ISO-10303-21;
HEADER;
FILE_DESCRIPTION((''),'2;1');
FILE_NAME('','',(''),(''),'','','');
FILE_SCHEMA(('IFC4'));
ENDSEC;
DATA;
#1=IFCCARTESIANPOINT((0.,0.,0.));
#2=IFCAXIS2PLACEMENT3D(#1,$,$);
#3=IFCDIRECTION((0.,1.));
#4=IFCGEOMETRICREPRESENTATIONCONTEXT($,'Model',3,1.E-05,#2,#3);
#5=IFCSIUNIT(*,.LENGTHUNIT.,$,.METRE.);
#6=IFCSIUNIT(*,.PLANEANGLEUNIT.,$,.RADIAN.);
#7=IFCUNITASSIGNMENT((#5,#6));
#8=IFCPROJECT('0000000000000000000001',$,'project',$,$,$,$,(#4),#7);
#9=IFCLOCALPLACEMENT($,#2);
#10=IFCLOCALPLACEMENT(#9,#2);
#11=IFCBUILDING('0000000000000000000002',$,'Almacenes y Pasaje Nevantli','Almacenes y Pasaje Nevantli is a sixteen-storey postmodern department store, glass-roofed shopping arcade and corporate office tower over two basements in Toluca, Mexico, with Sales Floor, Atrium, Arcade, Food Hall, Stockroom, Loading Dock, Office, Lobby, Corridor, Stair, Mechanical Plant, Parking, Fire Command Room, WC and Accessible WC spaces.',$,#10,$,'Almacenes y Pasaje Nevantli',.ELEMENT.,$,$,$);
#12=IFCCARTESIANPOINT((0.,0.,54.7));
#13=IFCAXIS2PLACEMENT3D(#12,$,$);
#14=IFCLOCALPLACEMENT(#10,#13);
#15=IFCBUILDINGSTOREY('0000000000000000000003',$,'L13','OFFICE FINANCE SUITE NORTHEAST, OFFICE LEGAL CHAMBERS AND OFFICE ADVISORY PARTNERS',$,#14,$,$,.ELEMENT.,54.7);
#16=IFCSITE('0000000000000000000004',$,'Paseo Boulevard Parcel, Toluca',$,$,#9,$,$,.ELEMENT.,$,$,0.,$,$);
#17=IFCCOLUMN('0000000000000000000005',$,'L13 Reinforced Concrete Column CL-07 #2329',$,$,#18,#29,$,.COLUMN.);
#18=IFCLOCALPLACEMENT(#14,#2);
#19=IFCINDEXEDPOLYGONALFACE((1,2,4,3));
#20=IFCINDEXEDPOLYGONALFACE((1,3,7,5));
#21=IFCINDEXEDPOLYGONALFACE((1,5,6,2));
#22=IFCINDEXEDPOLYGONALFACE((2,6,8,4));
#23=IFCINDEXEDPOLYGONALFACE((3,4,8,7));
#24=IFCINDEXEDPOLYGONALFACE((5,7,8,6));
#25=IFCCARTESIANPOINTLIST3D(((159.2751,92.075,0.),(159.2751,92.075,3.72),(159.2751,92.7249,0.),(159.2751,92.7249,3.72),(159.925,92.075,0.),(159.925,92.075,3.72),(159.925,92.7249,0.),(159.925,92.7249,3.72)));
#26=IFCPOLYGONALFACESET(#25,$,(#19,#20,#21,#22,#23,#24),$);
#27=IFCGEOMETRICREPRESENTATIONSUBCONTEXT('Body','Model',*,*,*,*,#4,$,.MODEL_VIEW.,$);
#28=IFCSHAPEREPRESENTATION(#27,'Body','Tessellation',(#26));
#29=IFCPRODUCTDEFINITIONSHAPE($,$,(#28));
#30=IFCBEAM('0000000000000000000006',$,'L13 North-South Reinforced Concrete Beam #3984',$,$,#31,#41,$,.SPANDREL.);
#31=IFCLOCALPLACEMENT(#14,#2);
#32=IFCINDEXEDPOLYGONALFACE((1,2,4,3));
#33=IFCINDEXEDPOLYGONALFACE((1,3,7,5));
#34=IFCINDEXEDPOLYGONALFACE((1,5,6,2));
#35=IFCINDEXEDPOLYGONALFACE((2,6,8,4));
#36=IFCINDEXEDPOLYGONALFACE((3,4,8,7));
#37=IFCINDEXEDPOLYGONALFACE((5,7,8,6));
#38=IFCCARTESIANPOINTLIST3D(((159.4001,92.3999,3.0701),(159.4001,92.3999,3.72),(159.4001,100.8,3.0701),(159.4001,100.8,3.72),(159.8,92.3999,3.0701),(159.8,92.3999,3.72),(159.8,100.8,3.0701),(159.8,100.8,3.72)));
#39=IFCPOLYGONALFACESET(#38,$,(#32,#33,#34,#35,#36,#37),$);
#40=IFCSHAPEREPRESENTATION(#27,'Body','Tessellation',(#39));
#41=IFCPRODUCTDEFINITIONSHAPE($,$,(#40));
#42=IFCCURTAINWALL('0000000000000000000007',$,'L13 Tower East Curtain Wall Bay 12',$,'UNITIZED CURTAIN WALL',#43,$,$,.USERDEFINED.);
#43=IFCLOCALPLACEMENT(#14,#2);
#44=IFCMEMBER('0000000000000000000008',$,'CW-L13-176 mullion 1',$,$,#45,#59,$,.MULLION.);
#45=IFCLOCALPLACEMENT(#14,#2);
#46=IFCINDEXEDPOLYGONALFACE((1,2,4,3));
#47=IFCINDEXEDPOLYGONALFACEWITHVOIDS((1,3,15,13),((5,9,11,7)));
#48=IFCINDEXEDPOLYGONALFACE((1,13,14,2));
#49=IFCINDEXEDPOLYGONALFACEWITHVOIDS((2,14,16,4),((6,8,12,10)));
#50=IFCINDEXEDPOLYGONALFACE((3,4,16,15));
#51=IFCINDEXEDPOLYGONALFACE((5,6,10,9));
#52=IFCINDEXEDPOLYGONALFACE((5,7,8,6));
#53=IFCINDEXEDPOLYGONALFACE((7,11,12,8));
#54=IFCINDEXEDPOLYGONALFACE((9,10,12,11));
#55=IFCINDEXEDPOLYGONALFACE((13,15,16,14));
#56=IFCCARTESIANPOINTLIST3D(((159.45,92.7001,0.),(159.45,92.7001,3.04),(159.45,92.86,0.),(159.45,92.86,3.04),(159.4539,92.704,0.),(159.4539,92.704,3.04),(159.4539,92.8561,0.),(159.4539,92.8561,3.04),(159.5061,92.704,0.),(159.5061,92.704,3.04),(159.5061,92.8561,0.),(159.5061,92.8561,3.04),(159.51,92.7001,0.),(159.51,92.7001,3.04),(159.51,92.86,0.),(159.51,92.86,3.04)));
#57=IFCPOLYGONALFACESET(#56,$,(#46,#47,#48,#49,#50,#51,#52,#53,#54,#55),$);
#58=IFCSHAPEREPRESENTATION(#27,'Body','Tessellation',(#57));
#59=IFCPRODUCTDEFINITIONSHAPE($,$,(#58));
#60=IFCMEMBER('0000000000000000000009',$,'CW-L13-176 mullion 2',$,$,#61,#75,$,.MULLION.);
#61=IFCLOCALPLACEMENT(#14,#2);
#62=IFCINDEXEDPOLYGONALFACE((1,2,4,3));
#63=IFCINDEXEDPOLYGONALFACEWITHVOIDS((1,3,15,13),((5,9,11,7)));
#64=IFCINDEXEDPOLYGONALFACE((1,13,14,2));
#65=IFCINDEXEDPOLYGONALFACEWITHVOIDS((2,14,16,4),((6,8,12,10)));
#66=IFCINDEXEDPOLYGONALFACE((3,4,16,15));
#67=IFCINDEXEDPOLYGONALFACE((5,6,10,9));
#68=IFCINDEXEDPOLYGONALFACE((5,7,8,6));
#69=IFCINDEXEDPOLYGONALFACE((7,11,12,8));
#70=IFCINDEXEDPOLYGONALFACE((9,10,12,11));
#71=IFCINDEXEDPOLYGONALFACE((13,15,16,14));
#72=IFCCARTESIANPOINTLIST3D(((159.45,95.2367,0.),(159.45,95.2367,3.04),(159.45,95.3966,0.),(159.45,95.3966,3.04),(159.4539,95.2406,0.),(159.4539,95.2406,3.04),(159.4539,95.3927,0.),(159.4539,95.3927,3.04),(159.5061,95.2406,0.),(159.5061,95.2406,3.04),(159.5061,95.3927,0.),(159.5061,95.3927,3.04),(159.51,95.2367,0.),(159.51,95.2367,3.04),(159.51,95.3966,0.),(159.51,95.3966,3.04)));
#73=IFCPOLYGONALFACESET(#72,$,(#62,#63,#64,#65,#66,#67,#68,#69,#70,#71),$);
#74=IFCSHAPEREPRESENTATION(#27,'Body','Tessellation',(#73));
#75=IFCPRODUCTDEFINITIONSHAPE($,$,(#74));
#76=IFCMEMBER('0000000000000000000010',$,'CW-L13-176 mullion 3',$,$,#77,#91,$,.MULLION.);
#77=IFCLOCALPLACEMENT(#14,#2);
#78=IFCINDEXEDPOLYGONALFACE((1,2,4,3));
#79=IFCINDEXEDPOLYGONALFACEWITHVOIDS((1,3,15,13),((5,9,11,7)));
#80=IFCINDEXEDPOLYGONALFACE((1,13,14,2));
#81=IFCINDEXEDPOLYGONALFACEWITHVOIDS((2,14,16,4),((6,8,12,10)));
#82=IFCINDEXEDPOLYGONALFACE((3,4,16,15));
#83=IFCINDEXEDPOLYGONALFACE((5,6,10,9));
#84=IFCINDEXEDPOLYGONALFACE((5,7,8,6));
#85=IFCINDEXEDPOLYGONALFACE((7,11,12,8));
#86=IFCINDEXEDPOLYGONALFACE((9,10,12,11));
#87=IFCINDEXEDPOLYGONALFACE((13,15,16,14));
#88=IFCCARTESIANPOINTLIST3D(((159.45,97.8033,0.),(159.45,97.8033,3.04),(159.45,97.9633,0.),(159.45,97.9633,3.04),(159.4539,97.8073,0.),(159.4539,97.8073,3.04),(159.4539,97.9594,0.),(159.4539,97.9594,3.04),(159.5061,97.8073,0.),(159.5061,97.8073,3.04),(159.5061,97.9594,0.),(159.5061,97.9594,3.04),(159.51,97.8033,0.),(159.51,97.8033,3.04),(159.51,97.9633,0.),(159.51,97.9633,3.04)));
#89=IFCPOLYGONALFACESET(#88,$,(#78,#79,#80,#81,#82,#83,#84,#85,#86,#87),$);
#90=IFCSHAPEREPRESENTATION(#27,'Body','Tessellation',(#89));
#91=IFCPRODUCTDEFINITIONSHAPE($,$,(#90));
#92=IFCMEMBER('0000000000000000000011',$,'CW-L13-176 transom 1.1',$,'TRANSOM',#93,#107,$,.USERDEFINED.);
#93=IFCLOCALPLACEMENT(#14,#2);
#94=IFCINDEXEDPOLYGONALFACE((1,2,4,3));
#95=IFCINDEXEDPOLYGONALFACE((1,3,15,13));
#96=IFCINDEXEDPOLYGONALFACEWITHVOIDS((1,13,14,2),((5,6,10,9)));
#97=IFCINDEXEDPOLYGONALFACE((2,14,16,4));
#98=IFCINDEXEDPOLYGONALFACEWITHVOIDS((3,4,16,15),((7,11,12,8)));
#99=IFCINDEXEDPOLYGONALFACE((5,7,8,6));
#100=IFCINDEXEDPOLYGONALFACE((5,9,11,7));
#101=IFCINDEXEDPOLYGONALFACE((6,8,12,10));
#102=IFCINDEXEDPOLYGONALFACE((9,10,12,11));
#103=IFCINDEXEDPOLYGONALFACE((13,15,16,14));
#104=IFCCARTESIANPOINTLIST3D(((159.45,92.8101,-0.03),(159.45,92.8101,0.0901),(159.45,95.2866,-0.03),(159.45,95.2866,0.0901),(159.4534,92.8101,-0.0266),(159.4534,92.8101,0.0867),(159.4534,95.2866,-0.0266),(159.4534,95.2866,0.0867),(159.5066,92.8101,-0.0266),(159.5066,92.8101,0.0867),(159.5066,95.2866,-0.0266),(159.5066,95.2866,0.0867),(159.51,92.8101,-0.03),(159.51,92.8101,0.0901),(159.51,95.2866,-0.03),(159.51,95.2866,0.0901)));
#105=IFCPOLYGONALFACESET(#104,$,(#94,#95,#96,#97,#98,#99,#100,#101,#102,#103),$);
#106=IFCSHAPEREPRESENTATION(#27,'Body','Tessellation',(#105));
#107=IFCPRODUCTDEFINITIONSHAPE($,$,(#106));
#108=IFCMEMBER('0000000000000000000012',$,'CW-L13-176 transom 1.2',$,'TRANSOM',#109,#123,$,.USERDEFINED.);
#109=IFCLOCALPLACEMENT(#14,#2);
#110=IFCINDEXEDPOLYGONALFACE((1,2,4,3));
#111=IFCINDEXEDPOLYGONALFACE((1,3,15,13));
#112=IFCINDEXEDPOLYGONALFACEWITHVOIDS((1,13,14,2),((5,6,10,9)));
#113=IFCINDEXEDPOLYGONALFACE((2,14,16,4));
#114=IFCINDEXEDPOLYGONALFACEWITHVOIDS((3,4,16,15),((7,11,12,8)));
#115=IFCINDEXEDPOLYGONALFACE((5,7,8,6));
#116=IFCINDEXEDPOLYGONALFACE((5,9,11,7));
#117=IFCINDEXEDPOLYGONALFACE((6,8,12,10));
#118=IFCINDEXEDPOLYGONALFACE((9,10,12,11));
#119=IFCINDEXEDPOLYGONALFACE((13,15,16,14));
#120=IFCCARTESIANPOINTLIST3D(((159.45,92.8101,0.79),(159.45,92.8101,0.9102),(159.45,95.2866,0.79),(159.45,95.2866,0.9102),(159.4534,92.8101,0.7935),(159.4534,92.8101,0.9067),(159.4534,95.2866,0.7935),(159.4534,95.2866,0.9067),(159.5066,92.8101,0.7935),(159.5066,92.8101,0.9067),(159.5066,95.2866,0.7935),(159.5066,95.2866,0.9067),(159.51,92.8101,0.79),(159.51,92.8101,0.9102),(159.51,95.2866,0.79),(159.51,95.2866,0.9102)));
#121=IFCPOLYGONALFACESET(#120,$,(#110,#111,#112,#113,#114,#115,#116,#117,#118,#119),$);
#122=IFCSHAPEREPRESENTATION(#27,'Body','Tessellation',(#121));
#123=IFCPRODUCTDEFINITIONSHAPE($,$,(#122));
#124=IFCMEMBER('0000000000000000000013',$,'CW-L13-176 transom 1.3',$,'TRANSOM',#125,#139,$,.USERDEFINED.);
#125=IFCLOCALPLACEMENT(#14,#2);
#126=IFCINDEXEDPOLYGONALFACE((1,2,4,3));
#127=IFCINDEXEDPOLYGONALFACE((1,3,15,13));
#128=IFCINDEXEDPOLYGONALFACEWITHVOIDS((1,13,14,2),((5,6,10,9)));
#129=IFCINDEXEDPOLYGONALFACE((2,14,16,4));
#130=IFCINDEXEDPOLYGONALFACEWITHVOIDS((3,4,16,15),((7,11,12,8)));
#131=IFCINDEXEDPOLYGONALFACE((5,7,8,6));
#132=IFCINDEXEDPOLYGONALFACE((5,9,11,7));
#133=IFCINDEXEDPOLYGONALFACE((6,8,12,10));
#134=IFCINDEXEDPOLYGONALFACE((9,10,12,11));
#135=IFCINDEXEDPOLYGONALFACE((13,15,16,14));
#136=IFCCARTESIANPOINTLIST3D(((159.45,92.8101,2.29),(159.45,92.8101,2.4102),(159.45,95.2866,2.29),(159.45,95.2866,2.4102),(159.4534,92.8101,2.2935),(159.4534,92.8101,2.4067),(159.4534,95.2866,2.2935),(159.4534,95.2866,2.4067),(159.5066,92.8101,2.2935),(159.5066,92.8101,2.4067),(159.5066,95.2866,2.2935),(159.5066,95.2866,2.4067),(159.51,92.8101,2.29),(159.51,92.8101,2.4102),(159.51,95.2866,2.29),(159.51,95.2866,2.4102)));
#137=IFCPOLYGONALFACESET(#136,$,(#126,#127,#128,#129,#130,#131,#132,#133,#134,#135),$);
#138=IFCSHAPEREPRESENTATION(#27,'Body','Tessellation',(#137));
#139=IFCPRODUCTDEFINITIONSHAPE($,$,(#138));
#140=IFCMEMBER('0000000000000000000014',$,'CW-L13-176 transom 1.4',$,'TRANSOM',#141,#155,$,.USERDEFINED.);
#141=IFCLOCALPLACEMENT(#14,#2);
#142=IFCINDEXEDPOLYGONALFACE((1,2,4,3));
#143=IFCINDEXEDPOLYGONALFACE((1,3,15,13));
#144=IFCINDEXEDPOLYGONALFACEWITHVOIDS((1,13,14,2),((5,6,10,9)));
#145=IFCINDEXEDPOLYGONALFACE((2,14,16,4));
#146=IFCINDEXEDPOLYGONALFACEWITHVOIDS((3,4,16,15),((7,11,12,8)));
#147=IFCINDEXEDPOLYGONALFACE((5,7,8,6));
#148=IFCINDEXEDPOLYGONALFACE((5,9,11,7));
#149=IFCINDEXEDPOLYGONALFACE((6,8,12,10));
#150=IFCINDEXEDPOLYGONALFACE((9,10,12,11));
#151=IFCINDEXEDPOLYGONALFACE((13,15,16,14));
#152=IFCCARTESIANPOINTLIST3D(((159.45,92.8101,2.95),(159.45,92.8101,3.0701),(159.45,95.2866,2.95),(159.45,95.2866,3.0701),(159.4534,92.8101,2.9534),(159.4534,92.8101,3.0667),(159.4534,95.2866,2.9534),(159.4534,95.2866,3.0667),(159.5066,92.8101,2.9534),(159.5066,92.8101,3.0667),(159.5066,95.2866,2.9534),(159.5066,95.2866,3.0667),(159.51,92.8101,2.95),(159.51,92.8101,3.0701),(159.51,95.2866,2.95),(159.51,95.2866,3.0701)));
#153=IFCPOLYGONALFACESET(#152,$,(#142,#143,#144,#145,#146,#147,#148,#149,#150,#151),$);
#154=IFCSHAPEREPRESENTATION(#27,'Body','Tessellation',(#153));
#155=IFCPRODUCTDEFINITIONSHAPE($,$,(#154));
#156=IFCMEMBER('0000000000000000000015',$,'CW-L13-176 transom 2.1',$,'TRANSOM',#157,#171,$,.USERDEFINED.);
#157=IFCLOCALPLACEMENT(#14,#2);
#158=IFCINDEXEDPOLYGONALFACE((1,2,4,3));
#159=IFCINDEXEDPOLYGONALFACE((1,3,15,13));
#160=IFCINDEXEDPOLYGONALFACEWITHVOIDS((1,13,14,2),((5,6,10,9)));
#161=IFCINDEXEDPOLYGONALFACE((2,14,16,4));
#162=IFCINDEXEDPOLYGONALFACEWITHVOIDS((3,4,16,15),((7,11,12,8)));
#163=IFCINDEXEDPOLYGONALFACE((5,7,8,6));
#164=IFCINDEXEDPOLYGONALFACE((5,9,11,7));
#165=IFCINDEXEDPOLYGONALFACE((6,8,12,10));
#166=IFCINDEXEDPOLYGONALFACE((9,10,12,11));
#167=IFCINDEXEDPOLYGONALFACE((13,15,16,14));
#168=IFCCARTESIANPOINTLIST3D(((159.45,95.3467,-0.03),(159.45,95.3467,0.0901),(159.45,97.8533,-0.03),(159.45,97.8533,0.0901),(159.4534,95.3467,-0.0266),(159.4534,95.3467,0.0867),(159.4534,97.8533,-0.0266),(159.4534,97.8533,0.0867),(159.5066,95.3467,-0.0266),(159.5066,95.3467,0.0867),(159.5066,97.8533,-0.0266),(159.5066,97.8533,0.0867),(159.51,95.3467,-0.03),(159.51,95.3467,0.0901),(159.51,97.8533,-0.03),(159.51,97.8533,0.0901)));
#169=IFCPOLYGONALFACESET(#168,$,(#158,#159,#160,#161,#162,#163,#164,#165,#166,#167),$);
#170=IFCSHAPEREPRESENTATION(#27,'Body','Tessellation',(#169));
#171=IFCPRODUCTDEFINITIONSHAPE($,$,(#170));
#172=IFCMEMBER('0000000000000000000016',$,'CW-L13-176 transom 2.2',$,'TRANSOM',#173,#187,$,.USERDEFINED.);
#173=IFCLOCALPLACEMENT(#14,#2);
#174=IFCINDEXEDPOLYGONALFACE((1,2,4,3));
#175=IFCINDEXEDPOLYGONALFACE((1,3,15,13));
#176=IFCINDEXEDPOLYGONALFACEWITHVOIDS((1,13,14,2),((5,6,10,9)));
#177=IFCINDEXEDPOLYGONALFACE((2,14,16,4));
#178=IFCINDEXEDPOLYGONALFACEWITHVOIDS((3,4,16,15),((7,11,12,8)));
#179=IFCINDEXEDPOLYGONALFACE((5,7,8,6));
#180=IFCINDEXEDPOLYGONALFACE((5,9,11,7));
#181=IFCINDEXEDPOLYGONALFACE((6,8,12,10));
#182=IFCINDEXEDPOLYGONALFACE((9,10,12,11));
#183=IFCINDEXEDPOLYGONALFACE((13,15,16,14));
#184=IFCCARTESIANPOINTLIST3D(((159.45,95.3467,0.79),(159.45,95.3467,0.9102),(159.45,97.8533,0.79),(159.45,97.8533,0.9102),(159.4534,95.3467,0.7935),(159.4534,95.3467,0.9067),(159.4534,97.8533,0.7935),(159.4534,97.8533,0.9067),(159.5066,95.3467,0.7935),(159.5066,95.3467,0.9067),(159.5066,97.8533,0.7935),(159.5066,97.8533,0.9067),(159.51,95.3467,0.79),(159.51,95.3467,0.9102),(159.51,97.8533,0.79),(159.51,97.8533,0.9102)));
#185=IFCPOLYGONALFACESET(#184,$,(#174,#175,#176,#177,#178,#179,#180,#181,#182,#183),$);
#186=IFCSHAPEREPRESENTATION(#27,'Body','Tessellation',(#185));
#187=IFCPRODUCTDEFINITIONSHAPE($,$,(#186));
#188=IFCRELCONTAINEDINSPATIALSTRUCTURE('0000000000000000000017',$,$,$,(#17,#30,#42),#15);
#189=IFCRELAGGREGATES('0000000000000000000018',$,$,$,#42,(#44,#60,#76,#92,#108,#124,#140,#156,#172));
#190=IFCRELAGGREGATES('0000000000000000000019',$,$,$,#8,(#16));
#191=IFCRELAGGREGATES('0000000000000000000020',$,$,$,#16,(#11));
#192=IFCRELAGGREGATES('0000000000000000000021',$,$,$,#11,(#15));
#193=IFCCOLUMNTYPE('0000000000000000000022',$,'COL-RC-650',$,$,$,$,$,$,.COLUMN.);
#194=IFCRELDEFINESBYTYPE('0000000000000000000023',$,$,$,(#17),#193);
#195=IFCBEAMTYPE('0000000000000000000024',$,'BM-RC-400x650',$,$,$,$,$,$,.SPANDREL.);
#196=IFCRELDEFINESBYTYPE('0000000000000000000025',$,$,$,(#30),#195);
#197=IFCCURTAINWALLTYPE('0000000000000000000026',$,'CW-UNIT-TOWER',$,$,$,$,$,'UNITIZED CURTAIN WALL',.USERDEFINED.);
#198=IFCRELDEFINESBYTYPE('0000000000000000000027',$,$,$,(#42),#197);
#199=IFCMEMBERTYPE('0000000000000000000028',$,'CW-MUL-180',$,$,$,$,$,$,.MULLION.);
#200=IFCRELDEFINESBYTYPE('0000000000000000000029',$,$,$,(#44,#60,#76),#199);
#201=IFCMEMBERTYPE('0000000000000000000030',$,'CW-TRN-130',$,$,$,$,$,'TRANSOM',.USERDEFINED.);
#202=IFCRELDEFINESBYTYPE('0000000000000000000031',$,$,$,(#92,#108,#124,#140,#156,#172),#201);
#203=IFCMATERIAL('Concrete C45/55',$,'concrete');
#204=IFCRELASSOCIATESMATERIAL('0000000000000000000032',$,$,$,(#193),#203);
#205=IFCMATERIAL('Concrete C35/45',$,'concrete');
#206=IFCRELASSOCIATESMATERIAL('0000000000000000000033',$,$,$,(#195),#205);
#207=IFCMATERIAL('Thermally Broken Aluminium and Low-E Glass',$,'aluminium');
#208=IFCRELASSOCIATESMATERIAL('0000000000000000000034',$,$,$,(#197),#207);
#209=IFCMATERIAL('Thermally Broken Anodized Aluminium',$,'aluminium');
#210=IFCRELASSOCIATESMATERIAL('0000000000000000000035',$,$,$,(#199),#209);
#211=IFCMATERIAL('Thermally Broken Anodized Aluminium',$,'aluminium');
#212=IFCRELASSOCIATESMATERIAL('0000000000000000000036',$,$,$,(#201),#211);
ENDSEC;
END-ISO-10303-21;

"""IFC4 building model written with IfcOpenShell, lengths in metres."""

from ifc_helpers import new_model, si_unit, direction, frame, origin, origin_2d, place, context, subcontext, project, spatial, rectangle, hollow_rectangle, extrude, material, material_profile, profile_set, type_object, element, aggregate, save


model = new_model("IFC4")

# Units and contexts
model_context = context("Model", 3, precision=1e-05, world=origin(), true_north=direction((0.0, 1.0)))
body_context = subcontext(model_context, "Body", "Model", "MODEL_VIEW")
ifc_project = project(units=[si_unit("LENGTHUNIT", "METRE"), si_unit("PLANEANGLEUNIT", "RADIAN")], contexts=[model_context])

# Site, building, storey
site_placement = place(None, origin())
site = spatial("IfcSite", under=ifc_project, at=site_placement, Name="Paseo Boulevard Parcel, Toluca", CompositionType="ELEMENT", RefElevation=0.0)
building_placement = place(site_placement, origin())
building = spatial("IfcBuilding", under=site, at=building_placement, Name="Almacenes y Pasaje Nevantli", Description="Almacenes y Pasaje Nevantli is a sixteen-storey postmodern department store, glass-roofed shopping arcade and corporate office tower over two basements in Toluca, Mexico, with Sales Floor, Atrium, Arcade, Food Hall, Stockroom, Loading Dock, Office, Lobby, Corridor, Stair, Mechanical Plant, Parking, Fire Command Room, WC and Accessible WC spaces.", LongName="Almacenes y Pasaje Nevantli", CompositionType="ELEMENT")
storey_placement = place(building_placement, frame((0.0, 0.0, 54.7)))
storey = spatial("IfcBuildingStorey", under=building, at=storey_placement, Name="L13", Description="OFFICE FINANCE SUITE NORTHEAST, OFFICE LEGAL CHAMBERS AND OFFICE ADVISORY PARTNERS", CompositionType="ELEMENT", Elevation=54.7)

# Column
ifc_material_1 = material(Name="Concrete C45/55", Category="concrete")
ifc_material_profile_1 = material_profile(ifc_material_1, rectangle(XDim=0.6499, YDim=0.6499, at=origin_2d()), Name="RC-COL-650x650")
ifc_profile_set_1 = profile_set([ifc_material_profile_1], Name="Concrete C45/55")
column_type = type_object("IfcColumnType", Name="COL-RC-650", PredefinedType="COLUMN", material=ifc_profile_set_1)
column_placement = place(storey_placement, frame((159.6001, 92.3999, 0.0), z_axis=(0.0, 0.0, 1.0), x_axis=(1.0, 0.0, 0.0)))
element("IfcColumn", 1, at=column_placement, inside=storey, type_object=column_type, Name="L13 Reinforced Concrete Column CL-07 #2329", PredefinedType="COLUMN", context=body_context, shape_type="SweptSolid", body=[
    extrude(rectangle(XDim=0.6499, YDim=0.6499, at=origin_2d()), origin(), (0.0, 0.0, 1.0), 3.72),
])

# Beam
ifc_material_2 = material(Name="Concrete C35/45", Category="concrete")
ifc_material_profile_2 = material_profile(ifc_material_2, rectangle(XDim=0.3999, YDim=0.6499, at=origin_2d()), Name="RC-BM-400x650")
ifc_profile_set_2 = profile_set([ifc_material_profile_2], Name="Concrete C35/45")
beam_type = type_object("IfcBeamType", Name="BM-RC-400x650", PredefinedType="SPANDREL", material=ifc_profile_set_2)
beam_placement = place(storey_placement, frame((159.6001, 92.3999, 3.395), z_axis=(0.0, 1.0, 0.0), x_axis=(-1.0, 0.0, 0.0)))
element("IfcBeam", 2, at=beam_placement, inside=storey, type_object=beam_type, Name="L13 North-South Reinforced Concrete Beam #3984", PredefinedType="SPANDREL", context=body_context, shape_type="SweptSolid", body=[
    extrude(rectangle(XDim=0.3999, YDim=0.6499, at=origin_2d()), origin(), (0.0, 0.0, 1.0), 8.4001),
])

# Curtain wall, members
ifc_material_3 = material(Name="Thermally Broken Aluminium and Low-E Glass", Category="aluminium")
curtain_wall_type = type_object("IfcCurtainWallType", Name="CW-UNIT-TOWER", ElementType="UNITIZED CURTAIN WALL", PredefinedType="USERDEFINED", material=ifc_material_3)
curtain_wall_placement = place(storey_placement, origin())
curtain_wall = element("IfcCurtainWall", 3, at=curtain_wall_placement, inside=storey, type_object=curtain_wall_type, Name="L13 Tower East Curtain Wall Bay 12", ObjectType="UNITIZED CURTAIN WALL", PredefinedType="USERDEFINED")
ifc_material_4 = material(Name="Thermally Broken Anodized Aluminium", Category="aluminium")
ifc_material_profile_3 = material_profile(ifc_material_4, hollow_rectangle(XDim=0.0601, YDim=0.1599, WallThickness=0.0039, at=origin_2d()), Name="ALU-MUL-60x160")
ifc_profile_set_3 = profile_set([ifc_material_profile_3], Name="Thermally Broken Anodized Aluminium")
member_type_1 = type_object("IfcMemberType", Name="CW-MUL-180", PredefinedType="MULLION", material=ifc_profile_set_3)
member_1_placement = place(storey_placement, frame((159.48, 92.78, 0.0), z_axis=(0.0, 0.0, 1.0), x_axis=(-1.0, 0.0, 0.0)))
member_1 = element("IfcMember", 4, at=member_1_placement, type_object=member_type_1, Name="CW-L13-176 mullion 1", PredefinedType="MULLION", context=body_context, shape_type="SweptSolid", body=[
    extrude(hollow_rectangle(XDim=0.0601, YDim=0.1599, WallThickness=0.0039, at=origin_2d()), origin(), (0.0, 0.0, 1.0), 3.04),
])
member_2_placement = place(storey_placement, frame((159.48, 95.3167, 0.0), z_axis=(0.0, 0.0, 1.0), x_axis=(-1.0, 0.0, 0.0)))
member_2 = element("IfcMember", 5, at=member_2_placement, type_object=member_type_1, Name="CW-L13-176 mullion 2", PredefinedType="MULLION", context=body_context, shape_type="SweptSolid", body=[
    extrude(hollow_rectangle(XDim=0.0601, YDim=0.1599, WallThickness=0.0039, at=origin_2d()), origin(), (0.0, 0.0, 1.0), 3.04),
])
member_3_placement = place(storey_placement, frame((159.48, 97.8833, 0.0), z_axis=(0.0, 0.0, 1.0), x_axis=(-1.0, 0.0, 0.0)))
member_3 = element("IfcMember", 6, at=member_3_placement, type_object=member_type_1, Name="CW-L13-176 mullion 3", PredefinedType="MULLION", context=body_context, shape_type="SweptSolid", body=[
    extrude(hollow_rectangle(XDim=0.0601, YDim=0.1599, WallThickness=0.0039, at=origin_2d()), origin(), (0.0, 0.0, 1.0), 3.04),
])
ifc_material_5 = material(Name="Thermally Broken Anodized Aluminium", Category="aluminium")
ifc_material_profile_4 = material_profile(ifc_material_5, hollow_rectangle(XDim=0.0601, YDim=0.1201, WallThickness=0.0034, at=origin_2d()), Name="ALU-TRN-60x120")
ifc_profile_set_4 = profile_set([ifc_material_profile_4], Name="Thermally Broken Anodized Aluminium")
member_type_2 = type_object("IfcMemberType", Name="CW-TRN-130", ElementType="TRANSOM", PredefinedType="USERDEFINED", material=ifc_profile_set_4)
member_4_placement = place(storey_placement, frame((159.48, 92.8101, 0.03), z_axis=(0.0, 1.0, 0.0), x_axis=(-1.0, 0.0, 0.0)))
member_4 = element("IfcMember", 7, at=member_4_placement, type_object=member_type_2, Name="CW-L13-176 transom 1.1", ObjectType="TRANSOM", PredefinedType="USERDEFINED", context=body_context, shape_type="SweptSolid", body=[
    extrude(hollow_rectangle(XDim=0.0601, YDim=0.1201, WallThickness=0.0034, at=origin_2d()), origin(), (0.0, 0.0, 1.0), 2.4766),
])
member_5_placement = place(storey_placement, frame((159.48, 92.8101, 0.8501), z_axis=(0.0, 1.0, 0.0), x_axis=(-1.0, 0.0, 0.0)))
member_5 = element("IfcMember", 8, at=member_5_placement, type_object=member_type_2, Name="CW-L13-176 transom 1.2", ObjectType="TRANSOM", PredefinedType="USERDEFINED", context=body_context, shape_type="SweptSolid", body=[
    extrude(hollow_rectangle(XDim=0.0601, YDim=0.1201, WallThickness=0.0034, at=origin_2d()), origin(), (0.0, 0.0, 1.0), 2.4766),
])
member_6_placement = place(storey_placement, frame((159.48, 92.8101, 2.3501), z_axis=(0.0, 1.0, 0.0), x_axis=(-1.0, 0.0, 0.0)))
member_6 = element("IfcMember", 9, at=member_6_placement, type_object=member_type_2, Name="CW-L13-176 transom 1.3", ObjectType="TRANSOM", PredefinedType="USERDEFINED", context=body_context, shape_type="SweptSolid", body=[
    extrude(hollow_rectangle(XDim=0.0601, YDim=0.1201, WallThickness=0.0034, at=origin_2d()), origin(), (0.0, 0.0, 1.0), 2.4766),
])
member_7_placement = place(storey_placement, frame((159.48, 92.8101, 3.01), z_axis=(0.0, 1.0, 0.0), x_axis=(-1.0, 0.0, 0.0)))
member_7 = element("IfcMember", 10, at=member_7_placement, type_object=member_type_2, Name="CW-L13-176 transom 1.4", ObjectType="TRANSOM", PredefinedType="USERDEFINED", context=body_context, shape_type="SweptSolid", body=[
    extrude(hollow_rectangle(XDim=0.0601, YDim=0.1201, WallThickness=0.0034, at=origin_2d()), origin(), (0.0, 0.0, 1.0), 2.4766),
])
member_8_placement = place(storey_placement, frame((159.48, 95.3467, 0.03), z_axis=(0.0, 1.0, 0.0), x_axis=(-1.0, 0.0, 0.0)))
member_8 = element("IfcMember", 11, at=member_8_placement, type_object=member_type_2, Name="CW-L13-176 transom 2.1", ObjectType="TRANSOM", PredefinedType="USERDEFINED", context=body_context, shape_type="SweptSolid", body=[
    extrude(hollow_rectangle(XDim=0.0601, YDim=0.1201, WallThickness=0.0034, at=origin_2d()), origin(), (0.0, 0.0, 1.0), 2.5066),
])
member_9_placement = place(storey_placement, frame((159.48, 95.3467, 0.8501), z_axis=(0.0, 1.0, 0.0), x_axis=(-1.0, 0.0, 0.0)))
member_9 = element("IfcMember", 12, at=member_9_placement, type_object=member_type_2, Name="CW-L13-176 transom 2.2", ObjectType="TRANSOM", PredefinedType="USERDEFINED", context=body_context, shape_type="SweptSolid", body=[
    extrude(hollow_rectangle(XDim=0.0601, YDim=0.1201, WallThickness=0.0034, at=origin_2d()), origin(), (0.0, 0.0, 1.0), 2.5066),
])
aggregate(curtain_wall, [member_1, member_2, member_3, member_4, member_5, member_6, member_7, member_8, member_9])

save(model, "model.ifc")
